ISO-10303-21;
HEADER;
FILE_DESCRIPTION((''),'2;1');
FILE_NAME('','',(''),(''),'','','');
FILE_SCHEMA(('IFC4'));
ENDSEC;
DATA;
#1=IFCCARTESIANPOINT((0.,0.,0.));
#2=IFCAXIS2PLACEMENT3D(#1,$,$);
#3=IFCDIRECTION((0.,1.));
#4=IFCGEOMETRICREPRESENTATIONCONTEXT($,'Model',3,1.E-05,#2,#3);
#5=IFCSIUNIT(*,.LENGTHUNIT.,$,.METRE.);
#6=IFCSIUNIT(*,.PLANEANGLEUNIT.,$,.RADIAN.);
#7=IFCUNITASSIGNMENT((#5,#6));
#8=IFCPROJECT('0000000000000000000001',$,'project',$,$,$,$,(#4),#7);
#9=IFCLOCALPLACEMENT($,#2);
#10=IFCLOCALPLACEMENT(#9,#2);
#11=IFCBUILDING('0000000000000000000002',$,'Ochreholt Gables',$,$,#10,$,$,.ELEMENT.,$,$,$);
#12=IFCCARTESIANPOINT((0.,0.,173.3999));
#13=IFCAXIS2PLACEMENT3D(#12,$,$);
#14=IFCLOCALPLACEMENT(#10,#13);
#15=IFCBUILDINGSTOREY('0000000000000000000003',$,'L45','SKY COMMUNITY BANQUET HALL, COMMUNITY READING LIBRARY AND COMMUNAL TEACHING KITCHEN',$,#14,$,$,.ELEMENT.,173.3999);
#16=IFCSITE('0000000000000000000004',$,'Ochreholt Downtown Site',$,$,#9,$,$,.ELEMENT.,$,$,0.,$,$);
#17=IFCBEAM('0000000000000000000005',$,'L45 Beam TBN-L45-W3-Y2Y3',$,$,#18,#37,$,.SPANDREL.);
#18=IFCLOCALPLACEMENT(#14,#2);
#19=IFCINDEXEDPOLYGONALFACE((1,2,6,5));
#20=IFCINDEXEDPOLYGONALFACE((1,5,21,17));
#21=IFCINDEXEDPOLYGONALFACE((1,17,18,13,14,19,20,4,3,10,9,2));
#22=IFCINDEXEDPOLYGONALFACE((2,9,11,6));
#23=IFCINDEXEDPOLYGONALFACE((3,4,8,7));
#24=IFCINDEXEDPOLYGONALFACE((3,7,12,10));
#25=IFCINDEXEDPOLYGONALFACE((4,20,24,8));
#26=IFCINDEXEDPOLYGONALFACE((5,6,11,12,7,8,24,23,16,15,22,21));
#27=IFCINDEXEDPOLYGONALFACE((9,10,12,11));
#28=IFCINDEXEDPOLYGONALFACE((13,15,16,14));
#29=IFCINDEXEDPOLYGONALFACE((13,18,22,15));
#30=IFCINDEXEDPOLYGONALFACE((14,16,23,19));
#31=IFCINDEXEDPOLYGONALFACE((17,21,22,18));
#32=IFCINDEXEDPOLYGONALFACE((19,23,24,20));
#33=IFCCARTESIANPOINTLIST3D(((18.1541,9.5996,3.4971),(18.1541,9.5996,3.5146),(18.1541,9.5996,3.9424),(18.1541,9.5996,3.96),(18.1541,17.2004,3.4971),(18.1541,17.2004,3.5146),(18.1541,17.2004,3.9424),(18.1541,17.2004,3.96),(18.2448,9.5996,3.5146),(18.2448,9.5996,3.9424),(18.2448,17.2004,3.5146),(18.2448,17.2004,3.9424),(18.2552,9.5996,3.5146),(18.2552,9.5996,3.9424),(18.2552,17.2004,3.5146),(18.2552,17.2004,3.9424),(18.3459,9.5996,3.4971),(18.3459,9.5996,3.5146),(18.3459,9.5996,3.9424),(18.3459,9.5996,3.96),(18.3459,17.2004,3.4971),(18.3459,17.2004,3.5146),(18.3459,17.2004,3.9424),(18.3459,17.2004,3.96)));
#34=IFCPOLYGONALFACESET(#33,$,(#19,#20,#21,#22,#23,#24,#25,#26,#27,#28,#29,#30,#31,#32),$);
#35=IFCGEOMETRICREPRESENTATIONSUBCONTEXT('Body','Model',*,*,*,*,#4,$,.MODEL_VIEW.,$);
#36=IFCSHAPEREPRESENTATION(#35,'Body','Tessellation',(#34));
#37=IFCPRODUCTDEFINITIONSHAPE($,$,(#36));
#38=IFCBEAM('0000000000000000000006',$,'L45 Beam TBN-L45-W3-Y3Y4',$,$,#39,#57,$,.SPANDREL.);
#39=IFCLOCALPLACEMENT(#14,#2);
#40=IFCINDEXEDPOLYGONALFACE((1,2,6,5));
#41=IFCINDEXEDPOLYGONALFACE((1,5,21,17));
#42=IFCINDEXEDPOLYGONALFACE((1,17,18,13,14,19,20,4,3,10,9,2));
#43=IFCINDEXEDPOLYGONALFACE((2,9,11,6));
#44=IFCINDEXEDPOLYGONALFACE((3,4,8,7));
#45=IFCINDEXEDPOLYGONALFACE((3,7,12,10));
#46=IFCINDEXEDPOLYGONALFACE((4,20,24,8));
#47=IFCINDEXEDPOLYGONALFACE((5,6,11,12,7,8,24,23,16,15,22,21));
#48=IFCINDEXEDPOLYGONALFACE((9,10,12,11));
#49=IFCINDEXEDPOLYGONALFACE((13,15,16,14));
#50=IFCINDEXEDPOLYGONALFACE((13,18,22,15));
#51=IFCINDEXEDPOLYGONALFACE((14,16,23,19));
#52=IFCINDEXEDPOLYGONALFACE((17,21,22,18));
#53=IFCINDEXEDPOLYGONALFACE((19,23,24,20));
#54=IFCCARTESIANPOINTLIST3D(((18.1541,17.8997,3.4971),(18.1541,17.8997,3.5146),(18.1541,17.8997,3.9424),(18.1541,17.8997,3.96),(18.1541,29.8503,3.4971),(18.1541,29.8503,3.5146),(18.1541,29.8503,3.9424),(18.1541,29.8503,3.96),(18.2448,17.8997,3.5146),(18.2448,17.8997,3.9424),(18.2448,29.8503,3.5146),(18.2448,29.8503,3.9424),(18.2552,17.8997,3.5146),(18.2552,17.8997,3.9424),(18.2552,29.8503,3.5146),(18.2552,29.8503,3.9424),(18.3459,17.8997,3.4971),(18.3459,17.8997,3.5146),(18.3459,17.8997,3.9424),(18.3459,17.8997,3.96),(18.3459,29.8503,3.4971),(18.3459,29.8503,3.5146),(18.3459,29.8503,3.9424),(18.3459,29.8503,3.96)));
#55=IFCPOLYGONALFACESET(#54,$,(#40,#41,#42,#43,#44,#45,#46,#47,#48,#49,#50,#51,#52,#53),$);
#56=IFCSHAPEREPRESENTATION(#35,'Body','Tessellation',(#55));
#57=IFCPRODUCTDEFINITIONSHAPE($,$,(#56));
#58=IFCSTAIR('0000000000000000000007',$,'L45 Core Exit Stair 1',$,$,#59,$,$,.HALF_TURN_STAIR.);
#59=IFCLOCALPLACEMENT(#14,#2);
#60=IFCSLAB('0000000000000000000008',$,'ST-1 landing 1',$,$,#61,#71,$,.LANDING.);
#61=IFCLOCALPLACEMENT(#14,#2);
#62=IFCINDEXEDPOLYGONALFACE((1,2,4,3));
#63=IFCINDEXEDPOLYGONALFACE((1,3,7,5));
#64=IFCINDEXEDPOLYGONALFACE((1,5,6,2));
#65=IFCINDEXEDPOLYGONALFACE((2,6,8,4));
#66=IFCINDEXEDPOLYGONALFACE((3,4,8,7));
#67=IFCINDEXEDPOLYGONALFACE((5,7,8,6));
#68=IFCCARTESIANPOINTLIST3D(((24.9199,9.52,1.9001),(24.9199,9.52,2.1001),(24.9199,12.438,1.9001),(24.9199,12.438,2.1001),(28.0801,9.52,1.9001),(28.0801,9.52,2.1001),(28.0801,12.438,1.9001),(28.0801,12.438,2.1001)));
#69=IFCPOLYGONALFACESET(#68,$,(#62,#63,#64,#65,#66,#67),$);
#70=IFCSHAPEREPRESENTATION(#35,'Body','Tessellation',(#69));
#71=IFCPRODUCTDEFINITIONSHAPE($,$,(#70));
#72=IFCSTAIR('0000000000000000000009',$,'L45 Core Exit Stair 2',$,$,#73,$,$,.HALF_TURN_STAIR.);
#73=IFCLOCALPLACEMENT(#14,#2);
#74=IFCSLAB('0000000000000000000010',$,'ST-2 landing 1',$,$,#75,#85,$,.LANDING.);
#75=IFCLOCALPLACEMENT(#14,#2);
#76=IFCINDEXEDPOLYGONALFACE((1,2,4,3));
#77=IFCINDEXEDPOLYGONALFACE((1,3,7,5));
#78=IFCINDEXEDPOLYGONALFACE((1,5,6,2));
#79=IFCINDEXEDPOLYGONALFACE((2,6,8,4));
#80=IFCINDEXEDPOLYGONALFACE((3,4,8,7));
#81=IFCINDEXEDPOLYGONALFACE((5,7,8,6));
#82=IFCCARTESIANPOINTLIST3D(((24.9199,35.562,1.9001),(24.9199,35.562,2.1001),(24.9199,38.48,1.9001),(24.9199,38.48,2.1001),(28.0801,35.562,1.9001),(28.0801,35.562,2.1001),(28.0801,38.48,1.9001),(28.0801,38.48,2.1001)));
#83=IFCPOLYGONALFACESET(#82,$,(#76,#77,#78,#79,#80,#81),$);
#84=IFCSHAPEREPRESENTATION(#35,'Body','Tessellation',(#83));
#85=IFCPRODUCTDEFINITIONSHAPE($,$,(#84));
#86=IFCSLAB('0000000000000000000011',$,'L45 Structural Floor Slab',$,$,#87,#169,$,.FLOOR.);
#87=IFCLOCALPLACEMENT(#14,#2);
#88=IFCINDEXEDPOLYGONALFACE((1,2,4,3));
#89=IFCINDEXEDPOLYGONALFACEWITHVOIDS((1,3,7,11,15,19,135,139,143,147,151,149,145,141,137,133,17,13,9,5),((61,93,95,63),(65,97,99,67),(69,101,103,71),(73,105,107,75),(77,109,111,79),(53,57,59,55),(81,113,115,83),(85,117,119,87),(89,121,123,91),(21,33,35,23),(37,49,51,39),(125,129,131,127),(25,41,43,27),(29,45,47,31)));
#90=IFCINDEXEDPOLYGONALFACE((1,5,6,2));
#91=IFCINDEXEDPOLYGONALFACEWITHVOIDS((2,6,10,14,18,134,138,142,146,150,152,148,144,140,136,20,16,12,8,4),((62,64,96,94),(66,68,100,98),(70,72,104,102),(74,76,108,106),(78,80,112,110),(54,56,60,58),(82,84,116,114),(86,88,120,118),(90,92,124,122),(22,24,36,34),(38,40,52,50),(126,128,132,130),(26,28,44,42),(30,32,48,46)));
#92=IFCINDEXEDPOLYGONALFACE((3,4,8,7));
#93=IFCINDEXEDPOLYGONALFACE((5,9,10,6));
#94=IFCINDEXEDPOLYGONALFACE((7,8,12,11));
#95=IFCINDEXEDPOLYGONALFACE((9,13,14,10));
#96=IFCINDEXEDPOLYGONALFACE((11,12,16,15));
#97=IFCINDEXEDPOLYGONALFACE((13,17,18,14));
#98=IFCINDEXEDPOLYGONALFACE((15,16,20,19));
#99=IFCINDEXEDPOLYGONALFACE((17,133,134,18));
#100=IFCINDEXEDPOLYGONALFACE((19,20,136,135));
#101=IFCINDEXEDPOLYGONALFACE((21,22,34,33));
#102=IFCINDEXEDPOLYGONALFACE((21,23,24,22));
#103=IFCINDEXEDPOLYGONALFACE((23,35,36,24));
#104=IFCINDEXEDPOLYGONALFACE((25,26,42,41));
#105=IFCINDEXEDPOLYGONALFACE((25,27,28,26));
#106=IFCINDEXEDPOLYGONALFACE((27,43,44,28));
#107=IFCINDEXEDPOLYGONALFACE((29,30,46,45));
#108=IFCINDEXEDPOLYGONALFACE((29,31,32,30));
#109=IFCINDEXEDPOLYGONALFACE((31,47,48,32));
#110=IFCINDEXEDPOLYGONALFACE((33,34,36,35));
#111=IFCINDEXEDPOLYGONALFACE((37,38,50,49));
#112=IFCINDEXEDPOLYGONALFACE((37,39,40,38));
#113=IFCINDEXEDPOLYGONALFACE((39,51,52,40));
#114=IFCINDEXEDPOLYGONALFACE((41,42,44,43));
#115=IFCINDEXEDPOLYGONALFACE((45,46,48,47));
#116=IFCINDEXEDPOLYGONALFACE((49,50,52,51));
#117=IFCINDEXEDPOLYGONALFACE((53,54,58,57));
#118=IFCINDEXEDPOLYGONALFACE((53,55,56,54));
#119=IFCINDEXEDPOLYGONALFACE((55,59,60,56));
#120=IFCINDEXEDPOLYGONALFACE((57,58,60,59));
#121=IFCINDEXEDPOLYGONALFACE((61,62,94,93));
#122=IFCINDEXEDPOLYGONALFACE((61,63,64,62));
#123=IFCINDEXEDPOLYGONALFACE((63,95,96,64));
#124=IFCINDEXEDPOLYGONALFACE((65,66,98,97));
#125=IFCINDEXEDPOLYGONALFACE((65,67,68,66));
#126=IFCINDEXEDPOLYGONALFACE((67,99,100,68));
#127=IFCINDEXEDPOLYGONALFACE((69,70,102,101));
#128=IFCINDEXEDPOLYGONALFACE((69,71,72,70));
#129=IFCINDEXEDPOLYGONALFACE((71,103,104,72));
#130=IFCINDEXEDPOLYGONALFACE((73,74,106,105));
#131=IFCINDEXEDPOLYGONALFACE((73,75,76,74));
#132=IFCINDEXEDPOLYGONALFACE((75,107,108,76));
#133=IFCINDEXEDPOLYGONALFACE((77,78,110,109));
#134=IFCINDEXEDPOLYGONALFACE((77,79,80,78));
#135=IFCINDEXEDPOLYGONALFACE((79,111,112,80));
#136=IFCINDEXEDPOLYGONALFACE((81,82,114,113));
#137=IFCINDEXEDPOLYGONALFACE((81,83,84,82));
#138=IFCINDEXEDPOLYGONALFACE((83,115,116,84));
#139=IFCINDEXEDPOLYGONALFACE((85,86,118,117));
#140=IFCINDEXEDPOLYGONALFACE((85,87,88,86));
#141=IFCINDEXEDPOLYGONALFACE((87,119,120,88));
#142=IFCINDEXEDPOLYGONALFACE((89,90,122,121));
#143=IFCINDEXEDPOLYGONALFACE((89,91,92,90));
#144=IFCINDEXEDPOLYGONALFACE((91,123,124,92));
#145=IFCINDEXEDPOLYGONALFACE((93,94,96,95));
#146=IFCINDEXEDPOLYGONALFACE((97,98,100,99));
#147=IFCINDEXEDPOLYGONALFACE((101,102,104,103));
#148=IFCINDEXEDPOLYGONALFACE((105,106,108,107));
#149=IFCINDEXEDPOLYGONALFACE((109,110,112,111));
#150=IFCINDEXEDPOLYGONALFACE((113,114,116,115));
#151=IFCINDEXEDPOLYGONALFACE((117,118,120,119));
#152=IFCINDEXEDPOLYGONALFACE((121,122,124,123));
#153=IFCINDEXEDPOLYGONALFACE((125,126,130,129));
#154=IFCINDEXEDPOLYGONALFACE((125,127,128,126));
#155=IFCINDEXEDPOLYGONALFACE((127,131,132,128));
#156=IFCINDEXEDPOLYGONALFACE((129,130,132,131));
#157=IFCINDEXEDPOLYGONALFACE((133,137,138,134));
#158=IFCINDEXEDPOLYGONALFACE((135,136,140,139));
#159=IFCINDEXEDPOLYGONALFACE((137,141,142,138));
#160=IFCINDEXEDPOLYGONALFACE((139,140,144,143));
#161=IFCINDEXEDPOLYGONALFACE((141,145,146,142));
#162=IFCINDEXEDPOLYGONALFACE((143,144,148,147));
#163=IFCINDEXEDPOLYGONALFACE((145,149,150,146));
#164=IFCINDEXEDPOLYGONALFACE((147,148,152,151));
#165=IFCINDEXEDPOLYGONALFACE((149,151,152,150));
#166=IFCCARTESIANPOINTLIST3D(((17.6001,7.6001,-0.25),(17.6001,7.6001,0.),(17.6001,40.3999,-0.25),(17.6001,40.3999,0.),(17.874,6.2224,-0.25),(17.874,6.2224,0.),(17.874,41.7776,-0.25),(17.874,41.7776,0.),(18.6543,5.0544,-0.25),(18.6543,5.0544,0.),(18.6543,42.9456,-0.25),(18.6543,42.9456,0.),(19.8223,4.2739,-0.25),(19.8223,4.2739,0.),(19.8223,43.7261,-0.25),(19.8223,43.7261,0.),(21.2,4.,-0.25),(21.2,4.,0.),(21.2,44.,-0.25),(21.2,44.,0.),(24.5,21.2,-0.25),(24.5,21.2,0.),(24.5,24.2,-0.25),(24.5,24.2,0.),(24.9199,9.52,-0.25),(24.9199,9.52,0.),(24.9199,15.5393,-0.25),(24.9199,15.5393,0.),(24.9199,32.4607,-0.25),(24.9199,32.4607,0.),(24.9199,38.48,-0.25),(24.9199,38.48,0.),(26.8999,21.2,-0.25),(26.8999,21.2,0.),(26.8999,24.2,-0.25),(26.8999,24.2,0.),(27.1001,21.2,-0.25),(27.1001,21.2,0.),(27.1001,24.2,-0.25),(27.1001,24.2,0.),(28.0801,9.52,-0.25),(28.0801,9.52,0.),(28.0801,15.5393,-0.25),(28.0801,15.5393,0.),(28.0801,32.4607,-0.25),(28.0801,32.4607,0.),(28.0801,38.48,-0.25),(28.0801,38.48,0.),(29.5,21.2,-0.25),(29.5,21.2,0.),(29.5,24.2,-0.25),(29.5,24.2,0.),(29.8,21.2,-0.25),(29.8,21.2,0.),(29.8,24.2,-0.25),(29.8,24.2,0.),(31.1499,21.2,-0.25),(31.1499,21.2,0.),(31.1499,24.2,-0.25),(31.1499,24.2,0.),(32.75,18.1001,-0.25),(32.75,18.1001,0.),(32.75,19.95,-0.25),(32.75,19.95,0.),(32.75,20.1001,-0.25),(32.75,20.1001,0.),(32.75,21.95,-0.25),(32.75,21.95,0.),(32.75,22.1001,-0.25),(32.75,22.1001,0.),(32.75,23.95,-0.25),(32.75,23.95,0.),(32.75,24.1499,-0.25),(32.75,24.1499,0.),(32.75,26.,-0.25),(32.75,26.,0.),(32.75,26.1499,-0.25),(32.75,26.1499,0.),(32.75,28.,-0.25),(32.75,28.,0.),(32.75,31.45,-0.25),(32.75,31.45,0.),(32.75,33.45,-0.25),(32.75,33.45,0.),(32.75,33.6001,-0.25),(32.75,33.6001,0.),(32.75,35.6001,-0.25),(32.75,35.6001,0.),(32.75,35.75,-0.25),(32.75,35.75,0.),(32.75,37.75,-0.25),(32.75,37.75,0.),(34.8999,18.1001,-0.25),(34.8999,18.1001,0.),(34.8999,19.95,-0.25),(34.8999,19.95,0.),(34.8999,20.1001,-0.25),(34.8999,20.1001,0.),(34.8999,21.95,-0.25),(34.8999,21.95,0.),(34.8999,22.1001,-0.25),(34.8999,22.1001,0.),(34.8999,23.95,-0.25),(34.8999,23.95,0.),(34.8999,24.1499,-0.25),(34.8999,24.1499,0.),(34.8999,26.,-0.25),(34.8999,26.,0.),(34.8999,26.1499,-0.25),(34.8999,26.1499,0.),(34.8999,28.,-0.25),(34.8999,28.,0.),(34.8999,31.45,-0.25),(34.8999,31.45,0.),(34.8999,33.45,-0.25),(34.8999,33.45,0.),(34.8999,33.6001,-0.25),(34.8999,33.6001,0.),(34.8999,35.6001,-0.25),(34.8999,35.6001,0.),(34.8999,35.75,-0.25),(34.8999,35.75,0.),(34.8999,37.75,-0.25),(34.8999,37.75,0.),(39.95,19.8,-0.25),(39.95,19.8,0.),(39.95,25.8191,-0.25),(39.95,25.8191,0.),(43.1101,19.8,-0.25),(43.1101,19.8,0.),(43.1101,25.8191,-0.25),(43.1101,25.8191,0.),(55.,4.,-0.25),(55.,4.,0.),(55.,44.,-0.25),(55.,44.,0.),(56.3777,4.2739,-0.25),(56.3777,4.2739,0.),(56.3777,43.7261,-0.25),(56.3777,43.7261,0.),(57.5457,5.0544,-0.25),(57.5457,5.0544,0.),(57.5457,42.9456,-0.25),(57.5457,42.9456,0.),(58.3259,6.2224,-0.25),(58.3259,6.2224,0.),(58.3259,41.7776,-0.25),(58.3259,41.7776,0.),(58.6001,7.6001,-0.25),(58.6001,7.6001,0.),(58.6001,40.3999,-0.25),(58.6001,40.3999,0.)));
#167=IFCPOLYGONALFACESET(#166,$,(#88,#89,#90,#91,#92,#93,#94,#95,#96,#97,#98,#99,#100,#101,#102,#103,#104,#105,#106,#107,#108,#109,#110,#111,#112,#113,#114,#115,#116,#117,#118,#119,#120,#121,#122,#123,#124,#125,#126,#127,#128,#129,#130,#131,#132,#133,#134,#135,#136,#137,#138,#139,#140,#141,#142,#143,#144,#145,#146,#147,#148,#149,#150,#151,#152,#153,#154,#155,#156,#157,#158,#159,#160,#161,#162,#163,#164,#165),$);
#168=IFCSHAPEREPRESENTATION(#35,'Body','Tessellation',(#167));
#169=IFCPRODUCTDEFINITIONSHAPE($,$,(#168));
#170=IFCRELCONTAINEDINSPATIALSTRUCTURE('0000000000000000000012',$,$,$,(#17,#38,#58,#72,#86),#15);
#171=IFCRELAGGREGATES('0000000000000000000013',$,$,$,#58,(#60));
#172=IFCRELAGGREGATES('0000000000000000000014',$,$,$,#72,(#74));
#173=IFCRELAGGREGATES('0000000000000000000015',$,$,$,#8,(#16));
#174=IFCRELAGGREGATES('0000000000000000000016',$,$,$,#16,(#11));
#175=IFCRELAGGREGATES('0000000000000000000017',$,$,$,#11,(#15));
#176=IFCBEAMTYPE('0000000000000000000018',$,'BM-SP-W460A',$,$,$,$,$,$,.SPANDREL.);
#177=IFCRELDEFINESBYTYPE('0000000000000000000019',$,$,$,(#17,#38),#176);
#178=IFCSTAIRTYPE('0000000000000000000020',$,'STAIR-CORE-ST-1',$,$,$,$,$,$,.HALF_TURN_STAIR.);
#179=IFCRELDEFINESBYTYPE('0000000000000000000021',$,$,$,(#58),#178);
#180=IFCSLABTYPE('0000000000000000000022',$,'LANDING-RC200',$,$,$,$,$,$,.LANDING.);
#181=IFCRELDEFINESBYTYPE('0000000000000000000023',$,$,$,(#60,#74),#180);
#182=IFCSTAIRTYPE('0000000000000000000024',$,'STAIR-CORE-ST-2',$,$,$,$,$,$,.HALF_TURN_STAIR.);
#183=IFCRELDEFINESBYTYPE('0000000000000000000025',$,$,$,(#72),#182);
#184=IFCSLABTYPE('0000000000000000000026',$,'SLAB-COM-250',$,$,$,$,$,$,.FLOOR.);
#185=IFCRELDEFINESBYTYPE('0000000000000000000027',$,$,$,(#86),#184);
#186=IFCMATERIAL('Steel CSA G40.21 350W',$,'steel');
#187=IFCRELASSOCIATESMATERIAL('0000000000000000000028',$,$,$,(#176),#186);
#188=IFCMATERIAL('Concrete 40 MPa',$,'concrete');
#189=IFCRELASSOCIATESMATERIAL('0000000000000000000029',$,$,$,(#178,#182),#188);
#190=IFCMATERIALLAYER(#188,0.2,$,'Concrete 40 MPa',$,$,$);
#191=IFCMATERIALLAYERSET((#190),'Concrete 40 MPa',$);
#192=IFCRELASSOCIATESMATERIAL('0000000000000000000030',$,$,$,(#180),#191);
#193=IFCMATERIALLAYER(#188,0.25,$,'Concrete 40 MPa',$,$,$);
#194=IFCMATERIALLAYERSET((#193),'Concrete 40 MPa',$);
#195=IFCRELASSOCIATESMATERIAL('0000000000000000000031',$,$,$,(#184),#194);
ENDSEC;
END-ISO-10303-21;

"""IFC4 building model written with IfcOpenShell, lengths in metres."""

from ifc_helpers import new_model, si_unit, direction, frame, origin, origin_2d, place, context, subcontext, project, spatial, polyline, i_section, outline, extrude, material, layer, layer_set, material_profile, profile_set, type_object, element, aggregate, save


model = new_model("IFC4")

# Units and contexts
model_context = context("Model", 3, precision=1e-05, world=origin(), true_north=direction((0.0, 1.0)))
body_context = subcontext(model_context, "Body", "Model", "MODEL_VIEW")
ifc_project = project(units=[si_unit("LENGTHUNIT", "METRE"), si_unit("PLANEANGLEUNIT", "RADIAN")], contexts=[model_context])

# Site, building, storey
site_placement = place(None, origin())
site = spatial("IfcSite", under=ifc_project, at=site_placement, Name="Ochreholt Downtown Site", CompositionType="ELEMENT", RefElevation=0.0)
building_placement = place(site_placement, origin())
building = spatial("IfcBuilding", under=site, at=building_placement, Name="Ochreholt Gables", CompositionType="ELEMENT")
storey_placement = place(building_placement, frame((0.0, 0.0, 173.3999)))
storey = spatial("IfcBuildingStorey", under=building, at=storey_placement, Name="L45", Description="SKY COMMUNITY BANQUET HALL, COMMUNITY READING LIBRARY AND COMMUNAL TEACHING KITCHEN", CompositionType="ELEMENT", Elevation=173.3999)

# Beams
ifc_material_1 = material(Name="Steel CSA G40.21 350W", Category="steel")
ifc_material_profile_1 = material_profile(ifc_material_1, i_section(OverallWidth=0.1919, OverallDepth=0.4629, WebThickness=0.0105, FlangeThickness=0.0176, at=origin_2d()), Name="W460X89")
ifc_profile_set_1 = profile_set([ifc_material_profile_1], Name="Steel CSA G40.21 350W")
beam_type_1 = type_object("IfcBeamType", Name="BM-SP-W460A", PredefinedType="SPANDREL", material=ifc_profile_set_1)
beam_1_placement = place(storey_placement, frame((18.25, 9.5996, 3.7285), z_axis=(0.0, 1.0, 0.0), x_axis=(-1.0, 0.0, 0.0)))
element("IfcBeam", 1, at=beam_1_placement, inside=storey, type_object=beam_type_1, Name="L45 Beam TBN-L45-W3-Y2Y3", PredefinedType="SPANDREL", context=body_context, shape_type="SweptSolid", body=[
    extrude(i_section(OverallWidth=0.1919, OverallDepth=0.4629, WebThickness=0.0105, FlangeThickness=0.0176, at=origin_2d()), origin(), (0.0, 0.0, 1.0), 7.6008),
])
beam_2_placement = place(storey_placement, frame((18.25, 17.8997, 3.7285), z_axis=(0.0, 1.0, 0.0), x_axis=(-1.0, 0.0, 0.0)))
element("IfcBeam", 2, at=beam_2_placement, inside=storey, type_object=beam_type_1, Name="L45 Beam TBN-L45-W3-Y3Y4", PredefinedType="SPANDREL", context=body_context, shape_type="SweptSolid", body=[
    extrude(i_section(OverallWidth=0.1919, OverallDepth=0.4629, WebThickness=0.0105, FlangeThickness=0.0176, at=origin_2d()), origin(), (0.0, 0.0, 1.0), 11.9507),
])

# Stairs, slabs
ifc_material_2 = material(Name="Concrete 40 MPa", Category="concrete")
stair_type_1 = type_object("IfcStairType", Name="STAIR-CORE-ST-1", PredefinedType="HALF_TURN_STAIR", material=ifc_material_2)
stair_1_placement = place(storey_placement, origin())
stair_1 = element("IfcStair", 3, at=stair_1_placement, inside=storey, type_object=stair_type_1, Name="L45 Core Exit Stair 1", PredefinedType="HALF_TURN_STAIR")
ifc_layer_1 = layer(ifc_material_2, 0.2, Name="Concrete 40 MPa")
ifc_layer_set_1 = layer_set([ifc_layer_1], Name="Concrete 40 MPa")
slab_type_1 = type_object("IfcSlabType", Name="LANDING-RC200", PredefinedType="LANDING", material=ifc_layer_set_1)
slab_1_placement = place(storey_placement, frame((0.0, 0.0, 1.9001)))
slab_1 = element("IfcSlab", 4, at=slab_1_placement, type_object=slab_type_1, Name="ST-1 landing 1", PredefinedType="LANDING", context=body_context, shape_type="SweptSolid", body=[
    extrude(outline(polyline([(24.9199, 12.438), (24.9199, 9.52), (28.0801, 9.52), (28.0801, 12.438), (24.9199, 12.438)])), origin(), (0.0, 0.0, 1.0), 0.2),
])
aggregate(stair_1, [slab_1])
stair_type_2 = type_object("IfcStairType", Name="STAIR-CORE-ST-2", PredefinedType="HALF_TURN_STAIR", material=ifc_material_2)
stair_2_placement = place(storey_placement, origin())
stair_2 = element("IfcStair", 5, at=stair_2_placement, inside=storey, type_object=stair_type_2, Name="L45 Core Exit Stair 2", PredefinedType="HALF_TURN_STAIR")
slab_2_placement = place(storey_placement, frame((0.0, 0.0, 1.9001)))
slab_2 = element("IfcSlab", 6, at=slab_2_placement, type_object=slab_type_1, Name="ST-2 landing 1", PredefinedType="LANDING", context=body_context, shape_type="SweptSolid", body=[
    extrude(outline(polyline([(28.0801, 35.562), (28.0801, 38.48), (24.9199, 38.48), (24.9199, 35.562), (28.0801, 35.562)])), origin(), (0.0, 0.0, 1.0), 0.2),
])
aggregate(stair_2, [slab_2])

# Slab
ifc_layer_2 = layer(ifc_material_2, 0.25, Name="Concrete 40 MPa")
ifc_layer_set_2 = layer_set([ifc_layer_2], Name="Concrete 40 MPa")
slab_type_2 = type_object("IfcSlabType", Name="SLAB-COM-250", PredefinedType="FLOOR", material=ifc_layer_set_2)
slab_3_placement = place(storey_placement, frame((0.0, 0.0, -0.25)))
element("IfcSlab", 7, at=slab_3_placement, inside=storey, type_object=slab_type_2, Name="L45 Structural Floor Slab", PredefinedType="FLOOR", context=body_context, shape_type="SweptSolid", body=[
    extrude(outline(polyline([(17.6001, 7.6001), (17.874, 6.2224), (18.6543, 5.0544), (19.8223, 4.2739), (21.2, 4.0), (55.0, 4.0), (56.3777, 4.2739), (57.5457, 5.0544), (58.3259, 6.2224), (58.6001, 7.6001), (58.6001, 40.3999), (58.3259, 41.7776), (57.5457, 42.9456), (56.3777, 43.7261), (55.0, 44.0), (21.2, 44.0), (19.8223, 43.7261), (18.6543, 42.9456), (17.874, 41.7776), (17.6001, 40.3999), (17.6001, 7.6001)]), holes=[polyline([(24.9199, 15.5393), (24.9199, 9.52), (28.0801, 9.52), (28.0801, 15.5393), (24.9199, 15.5393)]), polyline([(28.0801, 32.4607), (28.0801, 38.48), (24.9199, 38.48), (24.9199, 32.4607), (28.0801, 32.4607)]), polyline([(39.95, 25.8191), (39.95, 19.8), (43.1101, 19.8), (43.1101, 25.8191), (39.95, 25.8191)]), polyline([(24.5, 21.2), (26.8999, 21.2), (26.8999, 24.2), (24.5, 24.2), (24.5, 21.2)]), polyline([(27.1001, 21.2), (29.5, 21.2), (29.5, 24.2), (27.1001, 24.2), (27.1001, 21.2)]), polyline([(32.75, 18.1001), (34.8999, 18.1001), (34.8999, 19.95), (32.75, 19.95), (32.75, 18.1001)]), polyline([(32.75, 20.1001), (34.8999, 20.1001), (34.8999, 21.95), (32.75, 21.95), (32.75, 20.1001)]), polyline([(32.75, 22.1001), (34.8999, 22.1001), (34.8999, 23.95), (32.75, 23.95), (32.75, 22.1001)]), polyline([(32.75, 24.1499), (34.8999, 24.1499), (34.8999, 26.0), (32.75, 26.0), (32.75, 24.1499)]), polyline([(32.75, 26.1499), (34.8999, 26.1499), (34.8999, 28.0), (32.75, 28.0), (32.75, 26.1499)]), polyline([(32.75, 31.45), (34.8999, 31.45), (34.8999, 33.45), (32.75, 33.45), (32.75, 31.45)]), polyline([(32.75, 33.6001), (34.8999, 33.6001), (34.8999, 35.6001), (32.75, 35.6001), (32.75, 33.6001)]), polyline([(32.75, 35.75), (34.8999, 35.75), (34.8999, 37.75), (32.75, 37.75), (32.75, 35.75)]), polyline([(29.8, 21.2), (31.1499, 21.2), (31.1499, 24.2), (29.8, 24.2), (29.8, 21.2)])]), origin(), (0.0, 0.0, 1.0), 0.25),
])

save(model, "model.ifc")
